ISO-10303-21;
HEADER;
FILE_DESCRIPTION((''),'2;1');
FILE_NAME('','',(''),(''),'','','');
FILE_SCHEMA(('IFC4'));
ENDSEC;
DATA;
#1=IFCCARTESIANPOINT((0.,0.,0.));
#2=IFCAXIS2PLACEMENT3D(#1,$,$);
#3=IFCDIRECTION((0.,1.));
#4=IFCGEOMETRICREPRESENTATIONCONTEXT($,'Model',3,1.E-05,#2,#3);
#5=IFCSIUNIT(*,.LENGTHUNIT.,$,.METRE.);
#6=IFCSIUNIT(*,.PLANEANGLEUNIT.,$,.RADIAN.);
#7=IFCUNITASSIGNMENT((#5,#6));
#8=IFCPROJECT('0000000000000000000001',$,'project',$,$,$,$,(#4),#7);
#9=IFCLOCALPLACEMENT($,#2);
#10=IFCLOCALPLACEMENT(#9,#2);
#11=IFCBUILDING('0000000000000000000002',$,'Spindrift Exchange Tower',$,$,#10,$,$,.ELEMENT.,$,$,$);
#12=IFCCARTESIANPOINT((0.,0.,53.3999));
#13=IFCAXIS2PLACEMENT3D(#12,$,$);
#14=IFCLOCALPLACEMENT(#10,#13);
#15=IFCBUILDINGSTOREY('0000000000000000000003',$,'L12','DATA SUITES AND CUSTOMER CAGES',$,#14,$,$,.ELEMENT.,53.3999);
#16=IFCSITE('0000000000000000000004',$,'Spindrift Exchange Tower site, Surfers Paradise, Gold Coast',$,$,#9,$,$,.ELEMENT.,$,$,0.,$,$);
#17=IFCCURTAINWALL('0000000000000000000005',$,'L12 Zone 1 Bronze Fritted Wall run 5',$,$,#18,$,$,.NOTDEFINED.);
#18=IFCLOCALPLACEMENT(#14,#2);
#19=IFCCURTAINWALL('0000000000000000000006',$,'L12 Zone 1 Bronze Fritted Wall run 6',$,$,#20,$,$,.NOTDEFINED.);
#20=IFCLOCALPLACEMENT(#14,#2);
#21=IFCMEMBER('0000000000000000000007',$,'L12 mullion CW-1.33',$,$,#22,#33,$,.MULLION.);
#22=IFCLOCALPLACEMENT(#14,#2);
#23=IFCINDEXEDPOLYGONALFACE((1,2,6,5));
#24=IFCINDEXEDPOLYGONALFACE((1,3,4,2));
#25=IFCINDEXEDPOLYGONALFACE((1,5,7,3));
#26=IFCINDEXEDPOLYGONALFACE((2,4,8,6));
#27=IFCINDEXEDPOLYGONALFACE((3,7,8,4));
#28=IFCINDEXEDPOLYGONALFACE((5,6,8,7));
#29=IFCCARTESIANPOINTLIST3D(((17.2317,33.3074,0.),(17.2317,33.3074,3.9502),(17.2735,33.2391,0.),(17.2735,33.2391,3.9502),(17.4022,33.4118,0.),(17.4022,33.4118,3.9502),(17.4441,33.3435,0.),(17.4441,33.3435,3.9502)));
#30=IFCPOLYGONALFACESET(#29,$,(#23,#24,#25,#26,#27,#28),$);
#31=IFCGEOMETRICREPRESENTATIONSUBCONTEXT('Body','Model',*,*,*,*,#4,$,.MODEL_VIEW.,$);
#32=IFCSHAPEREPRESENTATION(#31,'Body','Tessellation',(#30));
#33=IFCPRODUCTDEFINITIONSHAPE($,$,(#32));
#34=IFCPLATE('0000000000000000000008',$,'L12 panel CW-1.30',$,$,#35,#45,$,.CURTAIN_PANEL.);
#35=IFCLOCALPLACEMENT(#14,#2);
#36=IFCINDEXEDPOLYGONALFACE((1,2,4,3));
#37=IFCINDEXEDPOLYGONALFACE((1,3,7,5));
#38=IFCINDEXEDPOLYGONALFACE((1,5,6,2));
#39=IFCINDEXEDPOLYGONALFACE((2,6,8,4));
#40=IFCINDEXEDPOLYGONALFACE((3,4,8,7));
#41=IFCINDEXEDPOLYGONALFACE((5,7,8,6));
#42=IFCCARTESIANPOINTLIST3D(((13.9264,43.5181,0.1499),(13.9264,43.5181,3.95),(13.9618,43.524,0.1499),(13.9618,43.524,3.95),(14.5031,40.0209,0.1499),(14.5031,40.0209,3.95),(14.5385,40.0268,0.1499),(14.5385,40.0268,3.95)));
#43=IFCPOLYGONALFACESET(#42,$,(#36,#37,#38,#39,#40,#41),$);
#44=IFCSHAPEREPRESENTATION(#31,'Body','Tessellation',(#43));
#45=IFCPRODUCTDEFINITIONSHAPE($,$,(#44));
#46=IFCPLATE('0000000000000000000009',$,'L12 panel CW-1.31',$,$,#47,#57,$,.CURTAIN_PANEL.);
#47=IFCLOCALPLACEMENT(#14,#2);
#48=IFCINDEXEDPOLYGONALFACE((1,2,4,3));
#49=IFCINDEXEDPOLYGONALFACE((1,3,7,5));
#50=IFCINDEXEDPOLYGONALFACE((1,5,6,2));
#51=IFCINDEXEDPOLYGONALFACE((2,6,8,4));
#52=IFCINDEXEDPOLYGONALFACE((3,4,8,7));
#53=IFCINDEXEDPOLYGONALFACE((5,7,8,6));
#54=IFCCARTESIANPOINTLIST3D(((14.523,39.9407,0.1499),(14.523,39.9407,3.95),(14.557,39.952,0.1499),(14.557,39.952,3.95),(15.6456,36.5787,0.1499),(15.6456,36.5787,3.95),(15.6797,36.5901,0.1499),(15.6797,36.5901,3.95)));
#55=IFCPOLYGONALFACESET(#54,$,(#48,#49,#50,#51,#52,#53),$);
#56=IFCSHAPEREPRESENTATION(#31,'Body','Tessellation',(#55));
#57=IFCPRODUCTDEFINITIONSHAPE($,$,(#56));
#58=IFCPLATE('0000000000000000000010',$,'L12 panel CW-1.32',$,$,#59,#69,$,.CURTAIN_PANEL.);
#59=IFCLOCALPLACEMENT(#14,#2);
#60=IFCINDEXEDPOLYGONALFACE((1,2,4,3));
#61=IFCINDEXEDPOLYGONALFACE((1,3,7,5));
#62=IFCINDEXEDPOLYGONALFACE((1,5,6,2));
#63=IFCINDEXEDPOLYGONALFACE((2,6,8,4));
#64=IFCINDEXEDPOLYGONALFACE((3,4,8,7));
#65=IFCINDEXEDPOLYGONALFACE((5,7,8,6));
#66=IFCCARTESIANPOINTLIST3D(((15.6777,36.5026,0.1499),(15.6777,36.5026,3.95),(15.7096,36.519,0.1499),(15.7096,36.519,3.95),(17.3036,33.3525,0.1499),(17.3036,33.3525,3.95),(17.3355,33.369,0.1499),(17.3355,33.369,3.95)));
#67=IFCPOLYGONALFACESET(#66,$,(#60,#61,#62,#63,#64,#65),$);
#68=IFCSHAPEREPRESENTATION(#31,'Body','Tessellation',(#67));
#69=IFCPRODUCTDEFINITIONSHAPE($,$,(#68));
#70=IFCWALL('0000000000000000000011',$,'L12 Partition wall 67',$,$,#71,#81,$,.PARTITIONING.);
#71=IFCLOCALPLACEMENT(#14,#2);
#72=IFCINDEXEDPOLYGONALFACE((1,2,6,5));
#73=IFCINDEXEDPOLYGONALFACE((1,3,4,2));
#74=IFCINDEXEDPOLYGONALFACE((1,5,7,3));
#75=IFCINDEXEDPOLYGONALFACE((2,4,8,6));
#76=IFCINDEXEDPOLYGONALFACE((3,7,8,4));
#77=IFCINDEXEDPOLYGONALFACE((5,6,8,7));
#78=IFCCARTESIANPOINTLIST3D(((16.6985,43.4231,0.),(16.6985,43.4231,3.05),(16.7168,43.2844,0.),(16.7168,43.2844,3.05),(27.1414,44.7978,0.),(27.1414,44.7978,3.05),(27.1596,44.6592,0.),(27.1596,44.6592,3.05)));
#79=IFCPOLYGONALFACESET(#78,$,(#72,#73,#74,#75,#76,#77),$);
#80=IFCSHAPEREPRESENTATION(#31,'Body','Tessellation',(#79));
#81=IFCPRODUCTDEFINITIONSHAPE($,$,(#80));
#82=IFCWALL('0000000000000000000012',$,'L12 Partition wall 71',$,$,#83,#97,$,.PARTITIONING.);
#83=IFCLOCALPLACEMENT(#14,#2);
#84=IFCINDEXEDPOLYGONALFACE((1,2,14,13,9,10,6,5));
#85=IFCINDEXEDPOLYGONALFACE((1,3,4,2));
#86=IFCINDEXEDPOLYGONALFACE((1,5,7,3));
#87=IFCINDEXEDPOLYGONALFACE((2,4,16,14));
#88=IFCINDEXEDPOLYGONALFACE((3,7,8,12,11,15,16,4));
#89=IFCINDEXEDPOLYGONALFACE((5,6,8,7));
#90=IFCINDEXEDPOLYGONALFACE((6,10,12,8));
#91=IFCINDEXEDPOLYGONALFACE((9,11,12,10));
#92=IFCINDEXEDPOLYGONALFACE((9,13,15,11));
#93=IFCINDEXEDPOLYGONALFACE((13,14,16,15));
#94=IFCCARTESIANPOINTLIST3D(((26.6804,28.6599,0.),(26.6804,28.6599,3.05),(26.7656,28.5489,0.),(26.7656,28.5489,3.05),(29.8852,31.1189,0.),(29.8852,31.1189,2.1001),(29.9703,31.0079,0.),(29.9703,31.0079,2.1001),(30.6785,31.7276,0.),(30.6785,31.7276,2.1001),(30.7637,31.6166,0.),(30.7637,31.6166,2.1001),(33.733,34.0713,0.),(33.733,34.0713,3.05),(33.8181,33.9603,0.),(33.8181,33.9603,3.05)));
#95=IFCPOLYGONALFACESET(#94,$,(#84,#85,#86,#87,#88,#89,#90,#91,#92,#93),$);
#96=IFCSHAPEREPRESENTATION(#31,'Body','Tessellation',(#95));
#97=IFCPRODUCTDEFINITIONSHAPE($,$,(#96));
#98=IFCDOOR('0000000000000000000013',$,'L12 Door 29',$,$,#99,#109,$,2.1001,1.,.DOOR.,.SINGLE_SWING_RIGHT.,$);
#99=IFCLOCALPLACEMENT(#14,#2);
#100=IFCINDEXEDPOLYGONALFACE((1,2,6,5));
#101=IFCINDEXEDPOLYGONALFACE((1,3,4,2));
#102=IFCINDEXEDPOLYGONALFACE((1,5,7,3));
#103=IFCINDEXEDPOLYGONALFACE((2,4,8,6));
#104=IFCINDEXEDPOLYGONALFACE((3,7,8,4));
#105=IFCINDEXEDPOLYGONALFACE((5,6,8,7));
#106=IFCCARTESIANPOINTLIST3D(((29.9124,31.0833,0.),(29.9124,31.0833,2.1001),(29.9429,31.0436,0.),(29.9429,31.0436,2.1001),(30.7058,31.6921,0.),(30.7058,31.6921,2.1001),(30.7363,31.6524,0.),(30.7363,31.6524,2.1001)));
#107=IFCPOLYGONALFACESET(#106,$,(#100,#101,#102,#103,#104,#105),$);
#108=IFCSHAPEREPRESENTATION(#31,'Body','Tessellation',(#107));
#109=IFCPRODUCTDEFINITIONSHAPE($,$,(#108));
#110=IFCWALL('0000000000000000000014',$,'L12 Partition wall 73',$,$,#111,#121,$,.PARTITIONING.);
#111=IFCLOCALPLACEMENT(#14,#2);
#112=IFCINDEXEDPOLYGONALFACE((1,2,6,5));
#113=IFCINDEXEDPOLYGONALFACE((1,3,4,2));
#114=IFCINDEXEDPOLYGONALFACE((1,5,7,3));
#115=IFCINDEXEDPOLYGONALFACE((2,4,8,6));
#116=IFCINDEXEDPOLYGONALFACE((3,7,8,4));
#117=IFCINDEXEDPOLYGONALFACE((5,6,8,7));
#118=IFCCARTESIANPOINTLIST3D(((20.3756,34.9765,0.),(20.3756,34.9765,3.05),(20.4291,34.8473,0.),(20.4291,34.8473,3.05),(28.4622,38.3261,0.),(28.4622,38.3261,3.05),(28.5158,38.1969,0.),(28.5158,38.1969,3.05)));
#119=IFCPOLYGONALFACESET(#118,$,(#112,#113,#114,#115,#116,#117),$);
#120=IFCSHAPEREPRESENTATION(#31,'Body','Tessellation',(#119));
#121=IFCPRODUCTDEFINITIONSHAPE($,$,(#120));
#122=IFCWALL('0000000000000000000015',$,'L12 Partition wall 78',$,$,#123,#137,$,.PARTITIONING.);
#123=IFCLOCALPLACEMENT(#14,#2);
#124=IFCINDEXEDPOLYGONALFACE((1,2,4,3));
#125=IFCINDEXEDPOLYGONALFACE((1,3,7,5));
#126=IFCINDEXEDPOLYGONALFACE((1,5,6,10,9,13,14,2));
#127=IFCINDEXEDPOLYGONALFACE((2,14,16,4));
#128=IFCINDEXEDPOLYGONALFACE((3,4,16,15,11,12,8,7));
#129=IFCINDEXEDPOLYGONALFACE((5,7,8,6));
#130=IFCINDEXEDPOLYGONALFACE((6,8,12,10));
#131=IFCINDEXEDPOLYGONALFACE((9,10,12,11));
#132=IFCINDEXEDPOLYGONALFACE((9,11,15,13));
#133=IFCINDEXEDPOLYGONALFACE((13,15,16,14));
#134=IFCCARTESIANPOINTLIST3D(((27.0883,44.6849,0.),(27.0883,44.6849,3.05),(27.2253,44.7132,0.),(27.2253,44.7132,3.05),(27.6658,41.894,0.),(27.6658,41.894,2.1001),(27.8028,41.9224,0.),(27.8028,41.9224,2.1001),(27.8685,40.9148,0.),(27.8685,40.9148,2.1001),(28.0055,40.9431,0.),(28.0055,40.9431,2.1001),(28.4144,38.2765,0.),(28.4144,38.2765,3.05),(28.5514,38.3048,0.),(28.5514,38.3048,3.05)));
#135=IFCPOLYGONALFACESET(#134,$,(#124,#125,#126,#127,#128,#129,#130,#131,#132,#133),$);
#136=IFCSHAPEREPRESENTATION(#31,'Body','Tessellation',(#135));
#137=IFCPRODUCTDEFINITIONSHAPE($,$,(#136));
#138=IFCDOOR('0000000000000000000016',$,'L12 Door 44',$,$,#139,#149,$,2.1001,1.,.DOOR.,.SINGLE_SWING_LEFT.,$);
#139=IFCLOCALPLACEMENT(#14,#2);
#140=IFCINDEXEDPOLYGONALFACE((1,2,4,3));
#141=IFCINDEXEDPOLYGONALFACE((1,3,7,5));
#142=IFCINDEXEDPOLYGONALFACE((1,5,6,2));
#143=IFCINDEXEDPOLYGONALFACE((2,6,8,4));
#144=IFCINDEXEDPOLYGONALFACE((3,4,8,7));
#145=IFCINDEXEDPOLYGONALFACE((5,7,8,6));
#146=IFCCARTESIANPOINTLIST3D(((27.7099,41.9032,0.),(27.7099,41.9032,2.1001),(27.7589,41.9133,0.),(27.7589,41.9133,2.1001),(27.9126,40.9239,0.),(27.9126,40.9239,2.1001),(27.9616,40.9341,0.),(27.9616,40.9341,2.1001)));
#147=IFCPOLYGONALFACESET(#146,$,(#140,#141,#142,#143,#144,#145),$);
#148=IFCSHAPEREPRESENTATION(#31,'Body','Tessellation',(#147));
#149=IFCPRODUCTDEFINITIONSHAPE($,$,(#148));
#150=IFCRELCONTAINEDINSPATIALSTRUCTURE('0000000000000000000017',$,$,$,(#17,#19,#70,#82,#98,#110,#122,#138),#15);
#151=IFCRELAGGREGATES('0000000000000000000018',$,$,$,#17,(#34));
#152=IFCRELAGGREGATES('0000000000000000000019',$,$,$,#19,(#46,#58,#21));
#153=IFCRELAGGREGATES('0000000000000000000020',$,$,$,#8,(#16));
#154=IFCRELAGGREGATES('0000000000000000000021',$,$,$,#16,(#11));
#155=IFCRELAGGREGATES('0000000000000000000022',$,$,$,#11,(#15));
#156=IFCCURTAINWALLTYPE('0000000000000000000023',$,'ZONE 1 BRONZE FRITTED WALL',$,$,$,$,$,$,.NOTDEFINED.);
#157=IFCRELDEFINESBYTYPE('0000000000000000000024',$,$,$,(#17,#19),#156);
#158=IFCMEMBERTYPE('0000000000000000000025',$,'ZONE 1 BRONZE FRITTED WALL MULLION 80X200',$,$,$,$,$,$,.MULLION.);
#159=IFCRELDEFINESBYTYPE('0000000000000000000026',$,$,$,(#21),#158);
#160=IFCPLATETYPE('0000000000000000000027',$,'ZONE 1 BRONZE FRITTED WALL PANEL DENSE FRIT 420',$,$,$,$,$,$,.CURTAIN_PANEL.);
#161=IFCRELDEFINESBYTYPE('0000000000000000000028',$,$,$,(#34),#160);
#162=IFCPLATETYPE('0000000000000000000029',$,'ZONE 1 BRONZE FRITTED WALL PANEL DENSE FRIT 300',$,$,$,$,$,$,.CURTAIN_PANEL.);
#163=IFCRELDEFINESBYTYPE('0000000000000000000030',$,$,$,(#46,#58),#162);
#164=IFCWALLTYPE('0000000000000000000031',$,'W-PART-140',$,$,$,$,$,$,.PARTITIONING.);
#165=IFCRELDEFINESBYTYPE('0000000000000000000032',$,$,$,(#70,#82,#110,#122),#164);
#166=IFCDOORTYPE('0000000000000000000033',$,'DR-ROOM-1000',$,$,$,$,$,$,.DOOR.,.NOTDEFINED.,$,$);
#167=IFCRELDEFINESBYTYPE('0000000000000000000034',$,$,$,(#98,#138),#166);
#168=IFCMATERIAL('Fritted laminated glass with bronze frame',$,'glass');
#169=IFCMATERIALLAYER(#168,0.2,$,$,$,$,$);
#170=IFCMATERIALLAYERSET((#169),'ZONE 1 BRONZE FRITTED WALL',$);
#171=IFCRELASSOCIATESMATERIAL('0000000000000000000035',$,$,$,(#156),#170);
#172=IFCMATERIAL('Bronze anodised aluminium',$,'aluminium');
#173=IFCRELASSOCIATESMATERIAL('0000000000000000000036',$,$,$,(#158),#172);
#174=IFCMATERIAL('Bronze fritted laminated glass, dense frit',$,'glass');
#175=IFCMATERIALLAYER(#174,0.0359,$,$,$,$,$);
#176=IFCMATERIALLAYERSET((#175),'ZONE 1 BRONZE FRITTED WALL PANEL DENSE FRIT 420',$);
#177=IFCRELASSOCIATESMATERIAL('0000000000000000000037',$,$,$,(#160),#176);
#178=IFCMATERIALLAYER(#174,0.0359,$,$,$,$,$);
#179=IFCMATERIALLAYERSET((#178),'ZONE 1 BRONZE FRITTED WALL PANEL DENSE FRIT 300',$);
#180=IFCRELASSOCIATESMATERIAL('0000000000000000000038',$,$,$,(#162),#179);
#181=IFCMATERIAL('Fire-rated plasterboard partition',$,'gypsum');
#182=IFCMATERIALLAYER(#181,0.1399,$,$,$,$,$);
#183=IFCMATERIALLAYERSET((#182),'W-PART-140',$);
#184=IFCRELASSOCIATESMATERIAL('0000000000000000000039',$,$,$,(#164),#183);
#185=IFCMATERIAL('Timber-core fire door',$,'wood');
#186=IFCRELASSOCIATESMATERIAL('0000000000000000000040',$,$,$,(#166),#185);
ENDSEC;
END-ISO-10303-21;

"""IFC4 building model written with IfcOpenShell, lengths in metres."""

from ifc_helpers import new_model, si_unit, direction, frame, frame_2d, origin, origin_2d, place, context, subcontext, project, spatial, rectangle, extrude, source, transform, mapped, material, layer, layer_set, material_profile, profile_set, type_object, element, fill, aggregate, save


model = new_model("IFC4")

# Units and contexts
model_context = context("Model", 3, precision=1e-05, world=origin(), true_north=direction((0.0, 1.0)))
body_context = subcontext(model_context, "Body", "Model", "MODEL_VIEW")
ifc_project = project(units=[si_unit("LENGTHUNIT", "METRE"), si_unit("PLANEANGLEUNIT", "RADIAN")], contexts=[model_context])

# Site, building, storey
site_placement = place(None, origin())
site = spatial("IfcSite", under=ifc_project, at=site_placement, Name="Spindrift Exchange Tower site, Surfers Paradise, Gold Coast", CompositionType="ELEMENT", RefElevation=0.0)
building_placement = place(site_placement, origin())
building = spatial("IfcBuilding", under=site, at=building_placement, Name="Spindrift Exchange Tower", CompositionType="ELEMENT")
storey_placement = place(building_placement, frame((0.0, 0.0, 53.3999)))
storey = spatial("IfcBuildingStorey", under=building, at=storey_placement, Name="L12", Description="DATA SUITES AND CUSTOMER CAGES", CompositionType="ELEMENT", Elevation=53.3999)

# Curtain wall
ifc_material_1 = material(Name="Fritted laminated glass with bronze frame", Category="glass")
ifc_layer_1 = layer(ifc_material_1, 0.2)
ifc_layer_set_1 = layer_set([ifc_layer_1], Name="ZONE 1 BRONZE FRITTED WALL")
curtain_wall_type = type_object("IfcCurtainWallType", Name="ZONE 1 BRONZE FRITTED WALL", PredefinedType="NOTDEFINED", material=ifc_layer_set_1)
curtain_wall_1_placement = place(storey_placement, origin())
curtain_wall_1 = element("IfcCurtainWall", 1, at=curtain_wall_1_placement, inside=storey, type_object=curtain_wall_type, Name="L12 Zone 1 Bronze Fritted Wall run 5", PredefinedType="NOTDEFINED")
ifc_material_2 = material(Name="Bronze anodised aluminium", Category="aluminium")

# Curtain wall
curtain_wall_2_placement = place(storey_placement, origin())
curtain_wall_2 = element("IfcCurtainWall", 2, at=curtain_wall_2_placement, inside=storey, type_object=curtain_wall_type, Name="L12 Zone 1 Bronze Fritted Wall run 6", PredefinedType="NOTDEFINED")

# Member
ifc_material_profile_1 = material_profile(ifc_material_2, rectangle(XDim=0.0801, YDim=0.2, at=origin_2d()), Name="ZONE 1 BRONZE FRITTED WALL MULLION 80X200")
ifc_profile_set_1 = profile_set([ifc_material_profile_1], Name="Bronze anodised aluminium")
member_type_1 = type_object("IfcMemberType", Name="ZONE 1 BRONZE FRITTED WALL MULLION 80X200", PredefinedType="MULLION", material=ifc_profile_set_1)
shared_shape_1 = source(origin(), body_context, "Body", "SweptSolid", [
    extrude(rectangle(XDim=0.0801, YDim=0.2, at=origin_2d()), origin(), (0.0, 0.0, 1.0), 3.9502),
])
member_1_placement = place(storey_placement, frame((17.3379, 33.3254, 0.0), z_axis=(0.0, 0.0, 1.0), x_axis=(0.522233, -0.852803, 0.0)))
member_1 = element("IfcMember", 3, at=member_1_placement, type_object=member_type_1, Name="L12 mullion CW-1.33", PredefinedType="MULLION", context=body_context, shape_type="MappedRepresentation", body=[
    mapped(shared_shape_1, transform((0.0, 0.0, 0.0), scale=1.0)),
])

# Plates
ifc_material_3 = material(Name="Bronze fritted laminated glass, dense frit", Category="glass")
ifc_layer_2 = layer(ifc_material_3, 0.0359)
ifc_layer_set_2 = layer_set([ifc_layer_2], Name="ZONE 1 BRONZE FRITTED WALL PANEL DENSE FRIT 420")
plate_type_1 = type_object("IfcPlateType", Name="ZONE 1 BRONZE FRITTED WALL PANEL DENSE FRIT 420", PredefinedType="CURTAIN_PANEL", material=ifc_layer_set_2)
shared_shape_2 = source(origin(), body_context, "Body", "SweptSolid", [
    extrude(rectangle(XDim=3.5444, YDim=0.0359, at=origin_2d()), origin(), (0.0, 0.0, 1.0), 3.8),
])
plate_1_placement = place(storey_placement, frame((14.2324, 41.7725, 0.1499), z_axis=(0.0, 0.0, 1.0), x_axis=(0.162703, -0.986675, 0.0)))
plate_1 = element("IfcPlate", 4, at=plate_1_placement, type_object=plate_type_1, Name="L12 panel CW-1.30", PredefinedType="CURTAIN_PANEL", context=body_context, shape_type="MappedRepresentation", body=[
    mapped(shared_shape_2, transform((0.0, 0.0, 0.0), scale=1.0)),
])
aggregate(curtain_wall_1, [plate_1])
ifc_layer_3 = layer(ifc_material_3, 0.0359)
ifc_layer_set_3 = layer_set([ifc_layer_3], Name="ZONE 1 BRONZE FRITTED WALL PANEL DENSE FRIT 300")
plate_type_2 = type_object("IfcPlateType", Name="ZONE 1 BRONZE FRITTED WALL PANEL DENSE FRIT 300", PredefinedType="CURTAIN_PANEL", material=ifc_layer_set_3)
shared_shape_3 = source(origin(), body_context, "Body", "SweptSolid", [
    extrude(rectangle(XDim=3.5444, YDim=0.0359, at=origin_2d()), origin(), (0.0, 0.0, 1.0), 3.8),
])
plate_2_placement = place(storey_placement, frame((15.1013, 38.2654, 0.1499), z_axis=(0.0, 0.0, 1.0), x_axis=(0.316732, -0.948515, 0.0)))
plate_2 = element("IfcPlate", 5, at=plate_2_placement, type_object=plate_type_2, Name="L12 panel CW-1.31", PredefinedType="CURTAIN_PANEL", context=body_context, shape_type="MappedRepresentation", body=[
    mapped(shared_shape_3, transform((0.0, 0.0, 0.0), scale=1.0)),
])
shared_shape_4 = source(origin(), body_context, "Body", "SweptSolid", [
    extrude(rectangle(XDim=3.5449, YDim=0.0359, at=origin_2d()), origin(), (0.0, 0.0, 1.0), 3.8),
])
plate_3_placement = place(storey_placement, frame((16.5066, 34.9358, 0.1499), z_axis=(0.0, 0.0, 1.0), x_axis=(0.458676, -0.888604, 0.0)))
plate_3 = element("IfcPlate", 6, at=plate_3_placement, type_object=plate_type_2, Name="L12 panel CW-1.32", PredefinedType="CURTAIN_PANEL", context=body_context, shape_type="MappedRepresentation", body=[
    mapped(shared_shape_4, transform((0.0, 0.0, 0.0), scale=1.0)),
])
aggregate(curtain_wall_2, [plate_2, plate_3, member_1])

# Wall
ifc_material_4 = material(Name="Fire-rated plasterboard partition", Category="gypsum")
ifc_layer_4 = layer(ifc_material_4, 0.1399)
ifc_layer_set_4 = layer_set([ifc_layer_4], Name="W-PART-140")
wall_type = type_object("IfcWallType", Name="W-PART-140", PredefinedType="PARTITIONING", material=ifc_layer_set_4)
wall_1_placement = place(storey_placement, frame((27.1506, 44.7285, 0.0), z_axis=(0.0, 0.0, 1.0), x_axis=(-0.991446, -0.130519, 0.0)))
element("IfcWall", 7, at=wall_1_placement, inside=storey, type_object=wall_type, Name="L12 Partition wall 67", PredefinedType="PARTITIONING", context=body_context, shape_type="SweptSolid", body=[
    extrude(rectangle(XDim=10.533, YDim=0.1399, at=frame_2d((5.2666, 0.0))), origin(), (0.0, 0.0, 1.0), 3.05),
])

# Wall, opening, door
wall_2_placement = place(storey_placement, frame((33.7756, 34.0159, 0.0), z_axis=(0.0, 0.0, 1.0), x_axis=(-0.793364, -0.608748, 0.0)))
wall_2 = element("IfcWall", 8, at=wall_2_placement, inside=storey, type_object=wall_type, Name="L12 Partition wall 71", PredefinedType="PARTITIONING", context=body_context, shape_type="SweptSolid", body=[
    extrude(rectangle(XDim=8.8894, YDim=0.1399, at=frame_2d((4.4448, 0.0))), origin(), (0.0, 0.0, 1.0), 3.05),
])
opening_1_placement = place(wall_2_placement, frame((3.8501, 0.0, 0.0)))
opening_1 = element("IfcOpeningElement", 9, at=opening_1_placement, cuts=wall_2, PredefinedType="OPENING", context=body_context, shape_type="SweptSolid", body=[
    extrude(rectangle(XDim=1.0, YDim=2.1001, at=frame_2d((0.5, 1.05))), frame((0.0, 0.0798, 0.0), z_axis=(0.0, -1.0, 0.0), x_axis=(1.0, 0.0, 0.0)), (0.0, 0.0, 1.0), 0.1599),
])
ifc_material_5 = material(Name="Timber-core fire door", Category="wood")
door_type = type_object("IfcDoorType", Name="DR-ROOM-1000", OperationType="NOTDEFINED", PredefinedType="DOOR", material=ifc_material_5)
shared_shape_5 = source(origin(), body_context, "Body", "SweptSolid", [
    extrude(rectangle(XDim=1.0, YDim=2.1001, at=frame_2d((0.5, 1.05))), frame((0.0, 0.0249, 0.0), z_axis=(0.0, -1.0, 0.0), x_axis=(1.0, 0.0, 0.0)), (0.0, 0.0, 1.0), 0.05),
])
door_1_placement = place(opening_1_placement, origin())
door_1 = element("IfcDoor", 10, at=door_1_placement, inside=storey, type_object=door_type, Name="L12 Door 29", OperationType="SINGLE_SWING_RIGHT", OverallHeight=2.1001, OverallWidth=1.0, PredefinedType="DOOR", context=body_context, shape_type="MappedRepresentation", body=[
    mapped(shared_shape_5, transform((0.0, 0.0, 0.0), scale=1.0)),
])
fill(opening_1, door_1)

# Wall
wall_3_placement = place(storey_placement, frame((28.489, 38.2615, 0.0), z_axis=(0.0, 0.0, 1.0), x_axis=(-0.923879, -0.382684, 0.0)))
element("IfcWall", 11, at=wall_3_placement, inside=storey, type_object=wall_type, Name="L12 Partition wall 73", PredefinedType="PARTITIONING", context=body_context, shape_type="SweptSolid", body=[
    extrude(rectangle(XDim=8.7529, YDim=0.1399, at=frame_2d((4.3765, 0.0))), origin(), (0.0, 0.0, 1.0), 3.05),
])

# Wall, opening, door
wall_4_placement = place(storey_placement, frame((28.4829, 38.2908, 0.0), z_axis=(0.0, 0.0, 1.0), x_axis=(-0.202648, 0.979252, 0.0)))
wall_4 = element("IfcWall", 12, at=wall_4_placement, inside=storey, type_object=wall_type, Name="L12 Partition wall 78", PredefinedType="PARTITIONING", context=body_context, shape_type="SweptSolid", body=[
    extrude(rectangle(XDim=6.5442, YDim=0.1399, at=frame_2d((3.272, 0.0))), origin(), (0.0, 0.0, 1.0), 3.05),
])
opening_2_placement = place(wall_4_placement, frame((2.6941, 0.0, 0.0)))
opening_2 = element("IfcOpeningElement", 13, at=opening_2_placement, cuts=wall_4, PredefinedType="OPENING", context=body_context, shape_type="SweptSolid", body=[
    extrude(rectangle(XDim=1.0, YDim=2.1001, at=frame_2d((0.5, 1.05))), frame((0.0, 0.0798, 0.0), z_axis=(0.0, -1.0, 0.0), x_axis=(1.0, 0.0, 0.0)), (0.0, 0.0, 1.0), 0.1599),
])
door_2_placement = place(opening_2_placement, origin())
door_2 = element("IfcDoor", 14, at=door_2_placement, inside=storey, type_object=door_type, Name="L12 Door 44", OperationType="SINGLE_SWING_LEFT", OverallHeight=2.1001, OverallWidth=1.0, PredefinedType="DOOR", context=body_context, shape_type="MappedRepresentation", body=[
    mapped(shared_shape_5, transform((0.0, 0.0, 0.0), scale=1.0)),
])
fill(opening_2, door_2)

save(model, "model.ifc")
